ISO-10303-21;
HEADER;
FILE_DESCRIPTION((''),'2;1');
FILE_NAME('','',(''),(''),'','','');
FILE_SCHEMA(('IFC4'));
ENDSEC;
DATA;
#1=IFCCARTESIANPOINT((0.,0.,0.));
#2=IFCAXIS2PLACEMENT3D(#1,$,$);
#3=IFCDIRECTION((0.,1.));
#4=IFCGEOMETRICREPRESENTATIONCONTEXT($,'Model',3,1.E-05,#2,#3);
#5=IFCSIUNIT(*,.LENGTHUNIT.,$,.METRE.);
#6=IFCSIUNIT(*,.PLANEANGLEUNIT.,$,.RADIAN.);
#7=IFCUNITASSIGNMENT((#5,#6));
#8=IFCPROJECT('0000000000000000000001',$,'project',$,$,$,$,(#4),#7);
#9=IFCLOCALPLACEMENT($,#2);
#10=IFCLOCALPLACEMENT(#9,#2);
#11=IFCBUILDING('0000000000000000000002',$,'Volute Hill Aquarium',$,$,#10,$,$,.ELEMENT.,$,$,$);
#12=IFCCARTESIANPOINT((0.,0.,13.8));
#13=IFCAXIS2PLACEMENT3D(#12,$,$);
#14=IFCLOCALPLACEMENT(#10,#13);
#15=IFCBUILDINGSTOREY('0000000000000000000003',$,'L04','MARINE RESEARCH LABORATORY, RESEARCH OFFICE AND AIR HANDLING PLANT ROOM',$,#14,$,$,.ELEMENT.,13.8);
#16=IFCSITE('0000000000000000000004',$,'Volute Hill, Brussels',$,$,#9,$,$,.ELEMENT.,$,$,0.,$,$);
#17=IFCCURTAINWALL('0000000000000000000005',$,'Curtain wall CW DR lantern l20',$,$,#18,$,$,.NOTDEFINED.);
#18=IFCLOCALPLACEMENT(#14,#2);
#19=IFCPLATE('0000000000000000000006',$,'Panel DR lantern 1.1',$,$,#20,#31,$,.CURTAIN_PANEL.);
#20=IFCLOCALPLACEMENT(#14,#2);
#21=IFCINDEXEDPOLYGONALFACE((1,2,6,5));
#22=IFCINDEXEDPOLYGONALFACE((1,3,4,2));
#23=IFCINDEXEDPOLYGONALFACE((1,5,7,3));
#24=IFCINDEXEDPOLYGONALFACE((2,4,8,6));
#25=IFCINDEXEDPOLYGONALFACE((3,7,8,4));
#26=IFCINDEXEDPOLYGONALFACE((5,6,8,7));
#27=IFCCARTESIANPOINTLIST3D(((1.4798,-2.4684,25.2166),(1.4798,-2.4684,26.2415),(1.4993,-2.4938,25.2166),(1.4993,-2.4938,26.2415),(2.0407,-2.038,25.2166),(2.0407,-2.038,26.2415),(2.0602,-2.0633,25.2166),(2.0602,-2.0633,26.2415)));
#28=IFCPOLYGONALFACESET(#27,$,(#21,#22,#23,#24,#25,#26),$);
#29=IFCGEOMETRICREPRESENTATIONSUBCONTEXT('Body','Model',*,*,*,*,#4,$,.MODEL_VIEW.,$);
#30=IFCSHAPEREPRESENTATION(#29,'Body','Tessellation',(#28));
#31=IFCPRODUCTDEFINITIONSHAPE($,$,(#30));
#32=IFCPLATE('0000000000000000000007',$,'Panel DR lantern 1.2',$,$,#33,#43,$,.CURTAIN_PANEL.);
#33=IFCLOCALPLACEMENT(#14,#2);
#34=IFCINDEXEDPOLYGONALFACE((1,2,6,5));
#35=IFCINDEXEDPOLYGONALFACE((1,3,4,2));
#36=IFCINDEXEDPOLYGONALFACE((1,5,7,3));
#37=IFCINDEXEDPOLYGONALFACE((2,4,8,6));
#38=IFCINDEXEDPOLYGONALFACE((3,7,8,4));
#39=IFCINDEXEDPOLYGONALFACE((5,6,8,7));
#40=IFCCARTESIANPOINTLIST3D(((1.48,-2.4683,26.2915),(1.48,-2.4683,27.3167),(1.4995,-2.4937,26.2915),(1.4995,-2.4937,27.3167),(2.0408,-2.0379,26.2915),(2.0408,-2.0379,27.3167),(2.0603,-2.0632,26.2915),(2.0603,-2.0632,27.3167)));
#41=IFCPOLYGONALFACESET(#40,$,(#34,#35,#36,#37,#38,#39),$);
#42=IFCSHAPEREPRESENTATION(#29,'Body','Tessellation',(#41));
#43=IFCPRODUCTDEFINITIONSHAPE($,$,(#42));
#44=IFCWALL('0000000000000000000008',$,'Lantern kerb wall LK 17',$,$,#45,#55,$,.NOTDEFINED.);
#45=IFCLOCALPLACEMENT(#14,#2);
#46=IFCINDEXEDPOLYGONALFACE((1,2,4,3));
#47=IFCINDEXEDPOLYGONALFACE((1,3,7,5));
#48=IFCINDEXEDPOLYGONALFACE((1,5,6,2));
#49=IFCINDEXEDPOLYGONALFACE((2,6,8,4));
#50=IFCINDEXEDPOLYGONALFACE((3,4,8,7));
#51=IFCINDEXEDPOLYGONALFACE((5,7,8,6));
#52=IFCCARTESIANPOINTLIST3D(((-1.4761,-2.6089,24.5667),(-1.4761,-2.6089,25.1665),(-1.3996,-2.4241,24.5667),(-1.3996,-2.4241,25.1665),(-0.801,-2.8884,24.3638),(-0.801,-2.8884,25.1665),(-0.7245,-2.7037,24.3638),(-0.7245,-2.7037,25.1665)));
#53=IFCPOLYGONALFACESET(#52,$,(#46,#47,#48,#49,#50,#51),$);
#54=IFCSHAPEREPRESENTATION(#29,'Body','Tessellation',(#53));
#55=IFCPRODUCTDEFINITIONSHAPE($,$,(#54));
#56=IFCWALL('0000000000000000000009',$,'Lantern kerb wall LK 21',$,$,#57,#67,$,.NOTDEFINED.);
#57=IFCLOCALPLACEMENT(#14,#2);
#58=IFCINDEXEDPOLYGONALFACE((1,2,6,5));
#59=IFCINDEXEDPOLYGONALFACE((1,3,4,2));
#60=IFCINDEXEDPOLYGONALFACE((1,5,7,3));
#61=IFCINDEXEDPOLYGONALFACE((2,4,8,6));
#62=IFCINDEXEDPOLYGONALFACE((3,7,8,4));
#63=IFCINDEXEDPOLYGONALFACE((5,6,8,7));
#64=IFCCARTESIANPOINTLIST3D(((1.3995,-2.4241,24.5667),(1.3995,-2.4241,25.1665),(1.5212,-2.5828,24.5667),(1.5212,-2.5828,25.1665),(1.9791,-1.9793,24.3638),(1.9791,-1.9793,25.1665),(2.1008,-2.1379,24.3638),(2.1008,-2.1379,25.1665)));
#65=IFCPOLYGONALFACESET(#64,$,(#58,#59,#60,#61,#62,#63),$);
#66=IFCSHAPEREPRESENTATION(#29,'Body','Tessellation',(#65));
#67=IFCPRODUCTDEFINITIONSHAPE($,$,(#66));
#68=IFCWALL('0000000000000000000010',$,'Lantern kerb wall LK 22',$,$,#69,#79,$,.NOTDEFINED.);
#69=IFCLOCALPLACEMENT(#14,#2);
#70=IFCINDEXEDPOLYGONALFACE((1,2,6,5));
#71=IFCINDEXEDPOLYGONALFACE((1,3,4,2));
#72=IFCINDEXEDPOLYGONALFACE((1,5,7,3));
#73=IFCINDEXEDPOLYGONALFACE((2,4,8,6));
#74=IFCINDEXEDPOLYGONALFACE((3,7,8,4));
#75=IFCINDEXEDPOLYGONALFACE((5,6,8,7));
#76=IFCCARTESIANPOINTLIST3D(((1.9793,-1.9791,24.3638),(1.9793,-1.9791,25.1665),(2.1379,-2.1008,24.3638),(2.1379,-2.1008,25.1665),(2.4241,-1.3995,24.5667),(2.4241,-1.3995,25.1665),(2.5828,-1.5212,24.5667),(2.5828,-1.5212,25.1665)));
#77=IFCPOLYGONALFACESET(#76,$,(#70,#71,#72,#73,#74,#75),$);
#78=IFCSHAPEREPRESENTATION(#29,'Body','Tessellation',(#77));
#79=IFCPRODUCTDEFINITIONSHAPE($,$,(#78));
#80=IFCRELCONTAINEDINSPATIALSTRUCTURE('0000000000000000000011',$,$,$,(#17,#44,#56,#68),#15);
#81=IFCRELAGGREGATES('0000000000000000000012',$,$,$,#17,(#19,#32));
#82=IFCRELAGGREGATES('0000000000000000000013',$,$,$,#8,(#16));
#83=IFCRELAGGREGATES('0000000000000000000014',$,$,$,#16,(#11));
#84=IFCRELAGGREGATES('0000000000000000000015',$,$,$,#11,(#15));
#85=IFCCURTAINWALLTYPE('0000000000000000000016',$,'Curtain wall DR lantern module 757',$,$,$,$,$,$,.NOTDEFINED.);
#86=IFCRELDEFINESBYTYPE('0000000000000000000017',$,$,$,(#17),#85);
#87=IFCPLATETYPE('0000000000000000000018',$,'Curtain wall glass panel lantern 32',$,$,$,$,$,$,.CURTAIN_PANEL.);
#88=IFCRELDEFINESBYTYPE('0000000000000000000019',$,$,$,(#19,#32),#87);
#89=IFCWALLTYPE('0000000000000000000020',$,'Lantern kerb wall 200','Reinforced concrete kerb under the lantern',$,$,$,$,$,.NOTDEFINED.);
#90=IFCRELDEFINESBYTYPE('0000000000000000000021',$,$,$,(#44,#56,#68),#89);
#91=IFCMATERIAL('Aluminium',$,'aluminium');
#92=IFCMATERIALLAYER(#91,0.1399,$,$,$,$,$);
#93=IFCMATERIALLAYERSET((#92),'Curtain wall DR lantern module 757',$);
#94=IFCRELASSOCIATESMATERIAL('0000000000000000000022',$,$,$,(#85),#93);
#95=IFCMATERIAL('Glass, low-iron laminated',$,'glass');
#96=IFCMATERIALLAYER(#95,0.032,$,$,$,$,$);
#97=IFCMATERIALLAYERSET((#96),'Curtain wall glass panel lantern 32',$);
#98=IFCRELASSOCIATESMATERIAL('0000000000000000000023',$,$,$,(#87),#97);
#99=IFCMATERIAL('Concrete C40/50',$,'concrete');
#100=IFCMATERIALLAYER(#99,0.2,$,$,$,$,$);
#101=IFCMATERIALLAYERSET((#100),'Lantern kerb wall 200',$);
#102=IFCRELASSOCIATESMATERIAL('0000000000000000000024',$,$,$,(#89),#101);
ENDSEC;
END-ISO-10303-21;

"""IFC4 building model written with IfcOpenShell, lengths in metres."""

from ifc_helpers import new_model, si_unit, direction, frame, origin, origin_2d, place, context, subcontext, project, spatial, polyline, rectangle, outline, extrude, material, layer, layer_set, type_object, element, aggregate, save


model = new_model("IFC4")

# Units and contexts
model_context = context("Model", 3, precision=1e-05, world=origin(), true_north=direction((0.0, 1.0)))
body_context = subcontext(model_context, "Body", "Model", "MODEL_VIEW")
ifc_project = project(units=[si_unit("LENGTHUNIT", "METRE"), si_unit("PLANEANGLEUNIT", "RADIAN")], contexts=[model_context])

# Site, building, storey
site_placement = place(None, origin())
site = spatial("IfcSite", under=ifc_project, at=site_placement, Name="Volute Hill, Brussels", CompositionType="ELEMENT", RefElevation=0.0)
building_placement = place(site_placement, origin())
building = spatial("IfcBuilding", under=site, at=building_placement, Name="Volute Hill Aquarium", CompositionType="ELEMENT")
storey_placement = place(building_placement, frame((0.0, 0.0, 13.8)))
storey = spatial("IfcBuildingStorey", under=building, at=storey_placement, Name="L04", Description="MARINE RESEARCH LABORATORY, RESEARCH OFFICE AND AIR HANDLING PLANT ROOM", CompositionType="ELEMENT", Elevation=13.8)

# Curtain wall
ifc_material_1 = material(Name="Aluminium", Category="aluminium")
ifc_layer_1 = layer(ifc_material_1, 0.1399)
ifc_layer_set_1 = layer_set([ifc_layer_1], Name="Curtain wall DR lantern module 757")
curtain_wall_type = type_object("IfcCurtainWallType", Name="Curtain wall DR lantern module 757", PredefinedType="NOTDEFINED", material=ifc_layer_set_1)
curtain_wall_1_placement = place(storey_placement, origin())
curtain_wall_1 = element("IfcCurtainWall", 1, at=curtain_wall_1_placement, inside=storey, type_object=curtain_wall_type, Name="Curtain wall CW DR lantern l20", PredefinedType="NOTDEFINED")

# Plates
ifc_material_2 = material(Name="Glass, low-iron laminated", Category="glass")
ifc_layer_2 = layer(ifc_material_2, 0.032)
ifc_layer_set_2 = layer_set([ifc_layer_2], Name="Curtain wall glass panel lantern 32")
plate_type = type_object("IfcPlateType", Name="Curtain wall glass panel lantern 32", PredefinedType="CURTAIN_PANEL", material=ifc_layer_set_2)
plate_1_placement = place(storey_placement, frame((1.77, -2.2659, 25.2166), z_axis=(0.0, 0.0, 1.0), x_axis=(0.793326, 0.608798, 0.0)))
plate_1 = element("IfcPlate", 2, at=plate_1_placement, type_object=plate_type, Name="Panel DR lantern 1.1", PredefinedType="CURTAIN_PANEL", context=body_context, shape_type="SweptSolid", body=[
    extrude(rectangle(XDim=0.707, YDim=0.032, at=origin_2d()), origin(), (0.0, 0.0, 1.0), 1.0249),
])
plate_2_placement = place(storey_placement, frame((1.4995, -2.4937, 26.2915), z_axis=(0.608859, -0.793278, 0.0), x_axis=(0.793278, 0.608859, 0.0)))
plate_2 = element("IfcPlate", 3, at=plate_2_placement, type_object=plate_type, Name="Panel DR lantern 1.2", PredefinedType="CURTAIN_PANEL", context=body_context, shape_type="SweptSolid", body=[
    extrude(outline(polyline([(0.0, 0.0), (0.7069, 0.0), (0.7069, 1.0251), (0.0, 1.0251), (0.0, 0.0)])), origin(), (0.0, 0.0, -1.0), 0.032),
])
aggregate(curtain_wall_1, [plate_1, plate_2])

# Walls
ifc_material_3 = material(Name="Concrete C40/50", Category="concrete")
ifc_layer_3 = layer(ifc_material_3, 0.2)
ifc_layer_set_3 = layer_set([ifc_layer_3], Name="Lantern kerb wall 200")
wall_type = type_object("IfcWallType", Name="Lantern kerb wall 200", Description="Reinforced concrete kerb under the lantern", PredefinedType="NOTDEFINED", material=ifc_layer_set_3)
wall_1_placement = place(storey_placement, frame((-1.4761, -2.6089, 24.5667), z_axis=(-0.382598, -0.923915, 0.0), x_axis=(0.890232, -0.368649, -0.267553)))
element("IfcWall", 4, at=wall_1_placement, inside=storey, type_object=wall_type, Name="Lantern kerb wall LK 17", PredefinedType="NOTDEFINED", context=body_context, shape_type="SweptSolid", body=[
    extrude(outline(polyline([(0.0, 0.0), (0.7583, 0.0), (0.5435, 0.7735), (-0.1605, 0.578), (0.0, 0.0)])), origin(), (0.0, 0.0, -1.0), 0.2),
])
wall_2_placement = place(storey_placement, frame((1.5212, -2.5828, 24.5667), z_axis=(0.608838, -0.793294, 0.0), x_axis=(0.764371, 0.58664, -0.267562)))
element("IfcWall", 5, at=wall_2_placement, inside=storey, type_object=wall_type, Name="Lantern kerb wall LK 21", PredefinedType="NOTDEFINED", context=body_context, shape_type="SweptSolid", body=[
    extrude(outline(polyline([(0.0, 0.0), (0.7583, 0.0), (0.5435, 0.7735), (-0.1605, 0.578), (0.0, 0.0)])), origin(), (0.0, 0.0, -1.0), 0.2),
])
wall_3_placement = place(storey_placement, frame((2.1379, -2.1008, 24.3638), z_axis=(0.793294, -0.608838, 0.0), x_axis=(0.58664, 0.764371, 0.267562)))
element("IfcWall", 6, at=wall_3_placement, inside=storey, type_object=wall_type, Name="Lantern kerb wall LK 22", PredefinedType="NOTDEFINED", context=body_context, shape_type="SweptSolid", body=[
    extrude(outline(polyline([(0.0, 0.0), (0.7583, 0.0), (0.9188, 0.578), (0.2148, 0.7735), (0.0, 0.0)])), origin(), (0.0, 0.0, -1.0), 0.2),
])

save(model, "model.ifc")
